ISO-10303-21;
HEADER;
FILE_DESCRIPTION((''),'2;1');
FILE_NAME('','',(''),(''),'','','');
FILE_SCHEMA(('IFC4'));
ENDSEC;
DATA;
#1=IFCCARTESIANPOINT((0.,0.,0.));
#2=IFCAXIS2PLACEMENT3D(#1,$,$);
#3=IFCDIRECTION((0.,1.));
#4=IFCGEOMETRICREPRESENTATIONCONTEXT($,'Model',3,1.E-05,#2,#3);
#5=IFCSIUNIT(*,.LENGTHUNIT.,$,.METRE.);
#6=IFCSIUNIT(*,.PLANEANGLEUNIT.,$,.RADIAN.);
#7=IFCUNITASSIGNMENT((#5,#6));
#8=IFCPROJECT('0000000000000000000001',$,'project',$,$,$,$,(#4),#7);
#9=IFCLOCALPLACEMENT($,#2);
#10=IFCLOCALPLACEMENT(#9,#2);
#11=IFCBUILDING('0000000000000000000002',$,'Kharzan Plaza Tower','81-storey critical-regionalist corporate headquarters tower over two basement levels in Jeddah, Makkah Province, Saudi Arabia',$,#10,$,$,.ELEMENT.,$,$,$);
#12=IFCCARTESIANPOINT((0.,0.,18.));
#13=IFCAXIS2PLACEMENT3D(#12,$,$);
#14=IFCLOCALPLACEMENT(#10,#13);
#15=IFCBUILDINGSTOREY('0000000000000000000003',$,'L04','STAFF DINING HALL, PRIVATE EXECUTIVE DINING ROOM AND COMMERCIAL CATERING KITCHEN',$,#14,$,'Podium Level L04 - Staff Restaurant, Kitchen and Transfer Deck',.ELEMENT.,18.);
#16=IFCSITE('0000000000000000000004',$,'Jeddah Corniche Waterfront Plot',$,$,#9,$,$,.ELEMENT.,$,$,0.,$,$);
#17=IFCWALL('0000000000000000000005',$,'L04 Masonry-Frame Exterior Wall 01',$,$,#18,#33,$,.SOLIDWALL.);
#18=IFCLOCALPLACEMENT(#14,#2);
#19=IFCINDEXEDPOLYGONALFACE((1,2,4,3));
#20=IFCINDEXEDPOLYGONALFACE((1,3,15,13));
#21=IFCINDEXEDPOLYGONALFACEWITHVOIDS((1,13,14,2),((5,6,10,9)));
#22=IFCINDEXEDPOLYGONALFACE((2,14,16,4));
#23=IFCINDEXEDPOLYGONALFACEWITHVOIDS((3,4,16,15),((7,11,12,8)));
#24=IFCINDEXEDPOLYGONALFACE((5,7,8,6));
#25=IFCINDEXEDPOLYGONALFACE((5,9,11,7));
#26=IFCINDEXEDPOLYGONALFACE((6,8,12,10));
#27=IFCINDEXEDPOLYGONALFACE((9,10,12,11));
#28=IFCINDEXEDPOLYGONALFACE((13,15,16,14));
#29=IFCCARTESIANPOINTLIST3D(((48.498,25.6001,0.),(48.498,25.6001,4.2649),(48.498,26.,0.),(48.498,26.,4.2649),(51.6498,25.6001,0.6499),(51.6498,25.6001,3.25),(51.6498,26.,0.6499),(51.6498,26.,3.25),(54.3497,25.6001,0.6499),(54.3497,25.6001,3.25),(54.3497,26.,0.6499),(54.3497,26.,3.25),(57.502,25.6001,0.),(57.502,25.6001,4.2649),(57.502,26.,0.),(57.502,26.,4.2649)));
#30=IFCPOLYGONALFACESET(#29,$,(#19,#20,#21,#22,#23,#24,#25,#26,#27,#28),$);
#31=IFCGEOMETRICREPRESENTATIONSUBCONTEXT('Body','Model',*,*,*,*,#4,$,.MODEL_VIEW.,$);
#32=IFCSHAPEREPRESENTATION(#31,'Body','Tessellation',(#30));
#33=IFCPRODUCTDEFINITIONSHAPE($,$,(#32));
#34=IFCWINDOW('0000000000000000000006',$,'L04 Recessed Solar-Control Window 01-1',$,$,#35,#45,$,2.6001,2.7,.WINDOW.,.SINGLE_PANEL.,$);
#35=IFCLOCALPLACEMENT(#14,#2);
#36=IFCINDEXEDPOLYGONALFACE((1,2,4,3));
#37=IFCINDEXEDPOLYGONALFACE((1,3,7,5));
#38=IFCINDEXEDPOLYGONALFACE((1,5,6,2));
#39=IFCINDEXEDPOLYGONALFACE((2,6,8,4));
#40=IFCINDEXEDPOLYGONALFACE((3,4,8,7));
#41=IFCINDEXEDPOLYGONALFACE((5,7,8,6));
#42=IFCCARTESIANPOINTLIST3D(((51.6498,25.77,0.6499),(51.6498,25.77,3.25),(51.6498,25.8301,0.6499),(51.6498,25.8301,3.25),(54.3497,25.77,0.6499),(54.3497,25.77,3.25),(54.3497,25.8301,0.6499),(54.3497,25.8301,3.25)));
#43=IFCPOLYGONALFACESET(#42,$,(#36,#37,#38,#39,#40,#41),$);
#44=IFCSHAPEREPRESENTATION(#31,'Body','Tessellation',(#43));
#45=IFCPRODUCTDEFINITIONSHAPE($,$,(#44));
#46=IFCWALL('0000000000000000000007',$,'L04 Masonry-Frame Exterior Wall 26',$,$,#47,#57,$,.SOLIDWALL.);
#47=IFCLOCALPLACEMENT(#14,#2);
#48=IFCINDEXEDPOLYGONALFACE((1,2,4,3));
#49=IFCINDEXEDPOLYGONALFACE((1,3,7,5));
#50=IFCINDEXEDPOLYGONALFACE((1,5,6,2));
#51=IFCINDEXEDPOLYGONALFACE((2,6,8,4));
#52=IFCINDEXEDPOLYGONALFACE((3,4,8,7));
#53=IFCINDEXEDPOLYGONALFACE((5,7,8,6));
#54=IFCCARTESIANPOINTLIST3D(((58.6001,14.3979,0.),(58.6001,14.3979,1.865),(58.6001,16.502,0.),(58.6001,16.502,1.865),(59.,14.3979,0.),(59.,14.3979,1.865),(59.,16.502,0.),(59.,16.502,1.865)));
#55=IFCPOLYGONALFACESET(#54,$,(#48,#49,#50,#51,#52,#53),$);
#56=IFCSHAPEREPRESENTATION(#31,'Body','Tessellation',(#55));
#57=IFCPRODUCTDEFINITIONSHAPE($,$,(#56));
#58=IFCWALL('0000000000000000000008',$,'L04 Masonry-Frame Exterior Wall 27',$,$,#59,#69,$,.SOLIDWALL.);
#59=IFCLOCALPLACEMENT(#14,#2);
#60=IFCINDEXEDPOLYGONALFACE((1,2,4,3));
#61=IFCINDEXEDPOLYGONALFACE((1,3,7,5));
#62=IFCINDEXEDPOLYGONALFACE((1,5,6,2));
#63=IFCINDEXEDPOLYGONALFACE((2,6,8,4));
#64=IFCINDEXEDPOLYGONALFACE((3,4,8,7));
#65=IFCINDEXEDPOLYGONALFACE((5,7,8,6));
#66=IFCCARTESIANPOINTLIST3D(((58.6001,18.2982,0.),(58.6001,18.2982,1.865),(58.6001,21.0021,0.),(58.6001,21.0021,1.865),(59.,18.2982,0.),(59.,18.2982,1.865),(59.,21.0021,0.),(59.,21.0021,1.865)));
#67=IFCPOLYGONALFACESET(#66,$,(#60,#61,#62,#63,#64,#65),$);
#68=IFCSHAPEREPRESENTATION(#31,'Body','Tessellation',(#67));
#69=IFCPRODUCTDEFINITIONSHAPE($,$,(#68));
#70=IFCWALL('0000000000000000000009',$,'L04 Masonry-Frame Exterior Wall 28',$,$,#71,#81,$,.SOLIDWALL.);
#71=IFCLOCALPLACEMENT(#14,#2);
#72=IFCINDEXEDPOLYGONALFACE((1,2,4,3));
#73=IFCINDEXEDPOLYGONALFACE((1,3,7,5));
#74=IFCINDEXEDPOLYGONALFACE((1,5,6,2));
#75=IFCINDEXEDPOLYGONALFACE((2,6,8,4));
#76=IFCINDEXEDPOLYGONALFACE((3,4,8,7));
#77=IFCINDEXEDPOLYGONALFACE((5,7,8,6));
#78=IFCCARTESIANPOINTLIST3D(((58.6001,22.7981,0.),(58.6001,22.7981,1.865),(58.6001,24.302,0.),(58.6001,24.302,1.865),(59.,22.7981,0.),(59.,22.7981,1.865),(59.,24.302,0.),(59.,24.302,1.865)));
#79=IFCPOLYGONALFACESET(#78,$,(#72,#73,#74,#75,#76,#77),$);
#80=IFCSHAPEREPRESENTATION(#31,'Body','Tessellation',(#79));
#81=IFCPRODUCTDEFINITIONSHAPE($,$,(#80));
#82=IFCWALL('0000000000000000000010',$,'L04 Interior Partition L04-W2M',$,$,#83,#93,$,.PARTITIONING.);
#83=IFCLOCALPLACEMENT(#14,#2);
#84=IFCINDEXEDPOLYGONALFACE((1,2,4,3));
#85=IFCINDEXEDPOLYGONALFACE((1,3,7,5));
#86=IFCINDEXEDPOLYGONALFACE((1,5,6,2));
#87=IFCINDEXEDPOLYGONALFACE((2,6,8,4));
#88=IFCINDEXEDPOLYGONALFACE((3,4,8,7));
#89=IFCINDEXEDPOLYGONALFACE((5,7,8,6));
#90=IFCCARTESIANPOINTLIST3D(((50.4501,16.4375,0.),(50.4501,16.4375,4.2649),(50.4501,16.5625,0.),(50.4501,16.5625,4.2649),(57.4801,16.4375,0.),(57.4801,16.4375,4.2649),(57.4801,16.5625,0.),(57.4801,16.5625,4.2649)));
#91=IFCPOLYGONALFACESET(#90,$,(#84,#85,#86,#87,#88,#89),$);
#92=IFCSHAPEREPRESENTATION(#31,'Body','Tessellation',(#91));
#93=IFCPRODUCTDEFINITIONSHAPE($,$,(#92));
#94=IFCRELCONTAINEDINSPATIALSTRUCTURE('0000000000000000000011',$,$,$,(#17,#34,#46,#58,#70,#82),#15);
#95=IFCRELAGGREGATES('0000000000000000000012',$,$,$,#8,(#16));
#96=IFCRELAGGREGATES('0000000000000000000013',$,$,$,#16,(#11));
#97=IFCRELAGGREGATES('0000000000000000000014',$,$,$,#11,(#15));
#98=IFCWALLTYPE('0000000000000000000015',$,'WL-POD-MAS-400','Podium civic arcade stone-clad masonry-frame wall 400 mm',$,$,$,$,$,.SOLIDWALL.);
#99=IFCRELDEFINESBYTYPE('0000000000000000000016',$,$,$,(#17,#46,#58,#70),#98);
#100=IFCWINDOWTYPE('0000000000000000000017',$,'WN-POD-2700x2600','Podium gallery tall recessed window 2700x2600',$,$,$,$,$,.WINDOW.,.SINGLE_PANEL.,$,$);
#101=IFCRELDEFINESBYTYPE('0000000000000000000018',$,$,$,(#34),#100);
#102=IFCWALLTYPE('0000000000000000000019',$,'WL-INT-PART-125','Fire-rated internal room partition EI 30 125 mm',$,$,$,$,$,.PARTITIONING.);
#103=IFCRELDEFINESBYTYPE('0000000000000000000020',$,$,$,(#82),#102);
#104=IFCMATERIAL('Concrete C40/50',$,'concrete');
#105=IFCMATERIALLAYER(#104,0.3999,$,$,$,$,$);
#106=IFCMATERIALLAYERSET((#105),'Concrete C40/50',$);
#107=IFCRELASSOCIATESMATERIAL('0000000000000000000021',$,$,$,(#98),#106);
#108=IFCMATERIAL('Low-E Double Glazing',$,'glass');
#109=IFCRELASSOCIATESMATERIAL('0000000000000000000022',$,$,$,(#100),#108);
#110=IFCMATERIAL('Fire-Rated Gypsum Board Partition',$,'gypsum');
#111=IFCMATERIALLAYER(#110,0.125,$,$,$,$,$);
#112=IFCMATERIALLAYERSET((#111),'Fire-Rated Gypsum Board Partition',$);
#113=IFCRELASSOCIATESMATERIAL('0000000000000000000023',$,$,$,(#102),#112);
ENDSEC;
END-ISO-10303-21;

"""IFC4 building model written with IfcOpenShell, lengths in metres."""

from ifc_helpers import new_model, si_unit, direction, frame, frame_2d, origin, place, context, subcontext, project, spatial, rectangle, extrude, source, transform, mapped, material, layer, layer_set, type_object, element, fill, save


model = new_model("IFC4")

# Units and contexts
model_context = context("Model", 3, precision=1e-05, world=origin(), true_north=direction((0.0, 1.0)))
body_context = subcontext(model_context, "Body", "Model", "MODEL_VIEW")
ifc_project = project(units=[si_unit("LENGTHUNIT", "METRE"), si_unit("PLANEANGLEUNIT", "RADIAN")], contexts=[model_context])

# Site, building, storey
site_placement = place(None, origin())
site = spatial("IfcSite", under=ifc_project, at=site_placement, Name="Jeddah Corniche Waterfront Plot", CompositionType="ELEMENT", RefElevation=0.0)
building_placement = place(site_placement, origin())
building = spatial("IfcBuilding", under=site, at=building_placement, Name="Kharzan Plaza Tower", Description="81-storey critical-regionalist corporate headquarters tower over two basement levels in Jeddah, Makkah Province, Saudi Arabia", CompositionType="ELEMENT")
storey_placement = place(building_placement, frame((0.0, 0.0, 18.0)))
storey = spatial("IfcBuildingStorey", under=building, at=storey_placement, Name="L04", Description="STAFF DINING HALL, PRIVATE EXECUTIVE DINING ROOM AND COMMERCIAL CATERING KITCHEN", LongName="Podium Level L04 - Staff Restaurant, Kitchen and Transfer Deck", CompositionType="ELEMENT", Elevation=18.0)

# Shared definitions
ifc_material_1 = material(Name="Concrete C40/50", Category="concrete")

# Wall, opening, window
ifc_layer_1 = layer(ifc_material_1, 0.3999)
ifc_layer_set_1 = layer_set([ifc_layer_1], Name="Concrete C40/50")
wall_type_1 = type_object("IfcWallType", Name="WL-POD-MAS-400", Description="Podium civic arcade stone-clad masonry-frame wall 400 mm", PredefinedType="SOLIDWALL", material=ifc_layer_set_1)
wall_1_placement = place(storey_placement, frame((57.502, 25.8, 0.0), z_axis=(0.0, 0.0, 1.0), x_axis=(-1.0, 0.0, 0.0)))
wall_1 = element("IfcWall", 1, at=wall_1_placement, inside=storey, type_object=wall_type_1, Name="L04 Masonry-Frame Exterior Wall 01", PredefinedType="SOLIDWALL", context=body_context, shape_type="SweptSolid", body=[
    extrude(rectangle(XDim=9.0039, YDim=0.3999, at=frame_2d((4.502, 0.0))), origin(), (0.0, 0.0, 1.0), 4.2649),
])
opening_1_placement = place(wall_1_placement, frame((3.1521, 0.0, 0.6499)))
opening_1 = element("IfcOpeningElement", 2, at=opening_1_placement, cuts=wall_1, PredefinedType="OPENING", context=body_context, shape_type="SweptSolid", body=[
    extrude(rectangle(XDim=2.7, YDim=2.6001, at=frame_2d((1.3501, 1.3))), frame((0.0, 0.21, 0.0), z_axis=(0.0, -1.0, 0.0), x_axis=(1.0, 0.0, 0.0)), (0.0, 0.0, 1.0), 0.4199),
])
ifc_material_2 = material(Name="Low-E Double Glazing", Category="glass")
window_type = type_object("IfcWindowType", Name="WN-POD-2700x2600", Description="Podium gallery tall recessed window 2700x2600", PartitioningType="SINGLE_PANEL", PredefinedType="WINDOW", material=ifc_material_2)
shared_shape_1 = source(origin(), body_context, "Body", "SweptSolid", [
    extrude(rectangle(XDim=2.7, YDim=2.6001, at=frame_2d((1.3501, 1.3))), frame((0.0, 0.03, 0.0), z_axis=(0.0, -1.0, 0.0), x_axis=(1.0, 0.0, 0.0)), (0.0, 0.0, 1.0), 0.0601),
])
window_placement = place(opening_1_placement, origin())
window = element("IfcWindow", 3, at=window_placement, inside=storey, type_object=window_type, Name="L04 Recessed Solar-Control Window 01-1", OverallHeight=2.6001, OverallWidth=2.7, PartitioningType="SINGLE_PANEL", PredefinedType="WINDOW", context=body_context, shape_type="MappedRepresentation", body=[
    mapped(shared_shape_1, transform((0.0, 0.0, 0.0), x_axis=(1.0, 0.0, 0.0), y_axis=(0.0, 1.0, 0.0), z_axis=(0.0, 0.0, 1.0))),
])
fill(opening_1, window)

# Walls
shared_shape_2 = source(origin(), body_context, "Body", "SweptSolid", [
    extrude(rectangle(XDim=2.104, YDim=0.3999, at=frame_2d((1.052, 0.0))), origin(), (0.0, 0.0, 1.0), 1.865),
])
wall_2_placement = place(storey_placement, frame((58.8, 14.3979, 0.0), z_axis=(0.0, 0.0, 1.0), x_axis=(0.0, 1.0, 0.0)))
element("IfcWall", 4, at=wall_2_placement, inside=storey, type_object=wall_type_1, Name="L04 Masonry-Frame Exterior Wall 26", PredefinedType="SOLIDWALL", context=body_context, shape_type="MappedRepresentation", body=[
    mapped(shared_shape_2, transform((0.0, 0.0, 0.0), x_axis=(1.0, 0.0, 0.0), y_axis=(0.0, 1.0, 0.0), z_axis=(0.0, 0.0, 1.0))),
])
shared_shape_3 = source(origin(), body_context, "Body", "SweptSolid", [
    extrude(rectangle(XDim=2.7039, YDim=0.3999, at=frame_2d((1.3521, 0.0))), origin(), (0.0, 0.0, 1.0), 1.865),
])
wall_3_placement = place(storey_placement, frame((58.8, 18.2981, 0.0), z_axis=(0.0, 0.0, 1.0), x_axis=(0.0, 1.0, 0.0)))
element("IfcWall", 5, at=wall_3_placement, inside=storey, type_object=wall_type_1, Name="L04 Masonry-Frame Exterior Wall 27", PredefinedType="SOLIDWALL", context=body_context, shape_type="MappedRepresentation", body=[
    mapped(shared_shape_3, transform((0.0, 0.0, 0.0), x_axis=(1.0, 0.0, 0.0), y_axis=(0.0, 1.0, 0.0), z_axis=(0.0, 0.0, 1.0))),
])
shared_shape_4 = source(origin(), body_context, "Body", "SweptSolid", [
    extrude(rectangle(XDim=1.5039, YDim=0.3999, at=frame_2d((0.752, 0.0))), origin(), (0.0, 0.0, 1.0), 1.865),
])
wall_4_placement = place(storey_placement, frame((58.8, 22.7981, 0.0), z_axis=(0.0, 0.0, 1.0), x_axis=(0.0, 1.0, 0.0)))
element("IfcWall", 6, at=wall_4_placement, inside=storey, type_object=wall_type_1, Name="L04 Masonry-Frame Exterior Wall 28", PredefinedType="SOLIDWALL", context=body_context, shape_type="MappedRepresentation", body=[
    mapped(shared_shape_4, transform((0.0, 0.0, 0.0), x_axis=(1.0, 0.0, 0.0), y_axis=(0.0, 1.0, 0.0), z_axis=(0.0, 0.0, 1.0))),
])
ifc_material_3 = material(Name="Fire-Rated Gypsum Board Partition", Category="gypsum")
ifc_layer_2 = layer(ifc_material_3, 0.125)
ifc_layer_set_2 = layer_set([ifc_layer_2], Name="Fire-Rated Gypsum Board Partition")
wall_type_2 = type_object("IfcWallType", Name="WL-INT-PART-125", Description="Fire-rated internal room partition EI 30 125 mm", PredefinedType="PARTITIONING", material=ifc_layer_set_2)
shared_shape_5 = source(origin(), body_context, "Body", "SweptSolid", [
    extrude(rectangle(XDim=7.03, YDim=0.125, at=frame_2d((3.5151, 0.0))), origin(), (0.0, 0.0, 1.0), 4.2649),
])
wall_5_placement = place(storey_placement, frame((50.45, 16.5, 0.0), z_axis=(0.0, 0.0, 1.0), x_axis=(1.0, 0.0, 0.0)))
element("IfcWall", 7, at=wall_5_placement, inside=storey, type_object=wall_type_2, Name="L04 Interior Partition L04-W2M", PredefinedType="PARTITIONING", context=body_context, shape_type="MappedRepresentation", body=[
    mapped(shared_shape_5, transform((0.0, 0.0, 0.0), x_axis=(1.0, 0.0, 0.0), y_axis=(0.0, 1.0, 0.0), z_axis=(0.0, 0.0, 1.0))),
])

save(model, "model.ifc")
